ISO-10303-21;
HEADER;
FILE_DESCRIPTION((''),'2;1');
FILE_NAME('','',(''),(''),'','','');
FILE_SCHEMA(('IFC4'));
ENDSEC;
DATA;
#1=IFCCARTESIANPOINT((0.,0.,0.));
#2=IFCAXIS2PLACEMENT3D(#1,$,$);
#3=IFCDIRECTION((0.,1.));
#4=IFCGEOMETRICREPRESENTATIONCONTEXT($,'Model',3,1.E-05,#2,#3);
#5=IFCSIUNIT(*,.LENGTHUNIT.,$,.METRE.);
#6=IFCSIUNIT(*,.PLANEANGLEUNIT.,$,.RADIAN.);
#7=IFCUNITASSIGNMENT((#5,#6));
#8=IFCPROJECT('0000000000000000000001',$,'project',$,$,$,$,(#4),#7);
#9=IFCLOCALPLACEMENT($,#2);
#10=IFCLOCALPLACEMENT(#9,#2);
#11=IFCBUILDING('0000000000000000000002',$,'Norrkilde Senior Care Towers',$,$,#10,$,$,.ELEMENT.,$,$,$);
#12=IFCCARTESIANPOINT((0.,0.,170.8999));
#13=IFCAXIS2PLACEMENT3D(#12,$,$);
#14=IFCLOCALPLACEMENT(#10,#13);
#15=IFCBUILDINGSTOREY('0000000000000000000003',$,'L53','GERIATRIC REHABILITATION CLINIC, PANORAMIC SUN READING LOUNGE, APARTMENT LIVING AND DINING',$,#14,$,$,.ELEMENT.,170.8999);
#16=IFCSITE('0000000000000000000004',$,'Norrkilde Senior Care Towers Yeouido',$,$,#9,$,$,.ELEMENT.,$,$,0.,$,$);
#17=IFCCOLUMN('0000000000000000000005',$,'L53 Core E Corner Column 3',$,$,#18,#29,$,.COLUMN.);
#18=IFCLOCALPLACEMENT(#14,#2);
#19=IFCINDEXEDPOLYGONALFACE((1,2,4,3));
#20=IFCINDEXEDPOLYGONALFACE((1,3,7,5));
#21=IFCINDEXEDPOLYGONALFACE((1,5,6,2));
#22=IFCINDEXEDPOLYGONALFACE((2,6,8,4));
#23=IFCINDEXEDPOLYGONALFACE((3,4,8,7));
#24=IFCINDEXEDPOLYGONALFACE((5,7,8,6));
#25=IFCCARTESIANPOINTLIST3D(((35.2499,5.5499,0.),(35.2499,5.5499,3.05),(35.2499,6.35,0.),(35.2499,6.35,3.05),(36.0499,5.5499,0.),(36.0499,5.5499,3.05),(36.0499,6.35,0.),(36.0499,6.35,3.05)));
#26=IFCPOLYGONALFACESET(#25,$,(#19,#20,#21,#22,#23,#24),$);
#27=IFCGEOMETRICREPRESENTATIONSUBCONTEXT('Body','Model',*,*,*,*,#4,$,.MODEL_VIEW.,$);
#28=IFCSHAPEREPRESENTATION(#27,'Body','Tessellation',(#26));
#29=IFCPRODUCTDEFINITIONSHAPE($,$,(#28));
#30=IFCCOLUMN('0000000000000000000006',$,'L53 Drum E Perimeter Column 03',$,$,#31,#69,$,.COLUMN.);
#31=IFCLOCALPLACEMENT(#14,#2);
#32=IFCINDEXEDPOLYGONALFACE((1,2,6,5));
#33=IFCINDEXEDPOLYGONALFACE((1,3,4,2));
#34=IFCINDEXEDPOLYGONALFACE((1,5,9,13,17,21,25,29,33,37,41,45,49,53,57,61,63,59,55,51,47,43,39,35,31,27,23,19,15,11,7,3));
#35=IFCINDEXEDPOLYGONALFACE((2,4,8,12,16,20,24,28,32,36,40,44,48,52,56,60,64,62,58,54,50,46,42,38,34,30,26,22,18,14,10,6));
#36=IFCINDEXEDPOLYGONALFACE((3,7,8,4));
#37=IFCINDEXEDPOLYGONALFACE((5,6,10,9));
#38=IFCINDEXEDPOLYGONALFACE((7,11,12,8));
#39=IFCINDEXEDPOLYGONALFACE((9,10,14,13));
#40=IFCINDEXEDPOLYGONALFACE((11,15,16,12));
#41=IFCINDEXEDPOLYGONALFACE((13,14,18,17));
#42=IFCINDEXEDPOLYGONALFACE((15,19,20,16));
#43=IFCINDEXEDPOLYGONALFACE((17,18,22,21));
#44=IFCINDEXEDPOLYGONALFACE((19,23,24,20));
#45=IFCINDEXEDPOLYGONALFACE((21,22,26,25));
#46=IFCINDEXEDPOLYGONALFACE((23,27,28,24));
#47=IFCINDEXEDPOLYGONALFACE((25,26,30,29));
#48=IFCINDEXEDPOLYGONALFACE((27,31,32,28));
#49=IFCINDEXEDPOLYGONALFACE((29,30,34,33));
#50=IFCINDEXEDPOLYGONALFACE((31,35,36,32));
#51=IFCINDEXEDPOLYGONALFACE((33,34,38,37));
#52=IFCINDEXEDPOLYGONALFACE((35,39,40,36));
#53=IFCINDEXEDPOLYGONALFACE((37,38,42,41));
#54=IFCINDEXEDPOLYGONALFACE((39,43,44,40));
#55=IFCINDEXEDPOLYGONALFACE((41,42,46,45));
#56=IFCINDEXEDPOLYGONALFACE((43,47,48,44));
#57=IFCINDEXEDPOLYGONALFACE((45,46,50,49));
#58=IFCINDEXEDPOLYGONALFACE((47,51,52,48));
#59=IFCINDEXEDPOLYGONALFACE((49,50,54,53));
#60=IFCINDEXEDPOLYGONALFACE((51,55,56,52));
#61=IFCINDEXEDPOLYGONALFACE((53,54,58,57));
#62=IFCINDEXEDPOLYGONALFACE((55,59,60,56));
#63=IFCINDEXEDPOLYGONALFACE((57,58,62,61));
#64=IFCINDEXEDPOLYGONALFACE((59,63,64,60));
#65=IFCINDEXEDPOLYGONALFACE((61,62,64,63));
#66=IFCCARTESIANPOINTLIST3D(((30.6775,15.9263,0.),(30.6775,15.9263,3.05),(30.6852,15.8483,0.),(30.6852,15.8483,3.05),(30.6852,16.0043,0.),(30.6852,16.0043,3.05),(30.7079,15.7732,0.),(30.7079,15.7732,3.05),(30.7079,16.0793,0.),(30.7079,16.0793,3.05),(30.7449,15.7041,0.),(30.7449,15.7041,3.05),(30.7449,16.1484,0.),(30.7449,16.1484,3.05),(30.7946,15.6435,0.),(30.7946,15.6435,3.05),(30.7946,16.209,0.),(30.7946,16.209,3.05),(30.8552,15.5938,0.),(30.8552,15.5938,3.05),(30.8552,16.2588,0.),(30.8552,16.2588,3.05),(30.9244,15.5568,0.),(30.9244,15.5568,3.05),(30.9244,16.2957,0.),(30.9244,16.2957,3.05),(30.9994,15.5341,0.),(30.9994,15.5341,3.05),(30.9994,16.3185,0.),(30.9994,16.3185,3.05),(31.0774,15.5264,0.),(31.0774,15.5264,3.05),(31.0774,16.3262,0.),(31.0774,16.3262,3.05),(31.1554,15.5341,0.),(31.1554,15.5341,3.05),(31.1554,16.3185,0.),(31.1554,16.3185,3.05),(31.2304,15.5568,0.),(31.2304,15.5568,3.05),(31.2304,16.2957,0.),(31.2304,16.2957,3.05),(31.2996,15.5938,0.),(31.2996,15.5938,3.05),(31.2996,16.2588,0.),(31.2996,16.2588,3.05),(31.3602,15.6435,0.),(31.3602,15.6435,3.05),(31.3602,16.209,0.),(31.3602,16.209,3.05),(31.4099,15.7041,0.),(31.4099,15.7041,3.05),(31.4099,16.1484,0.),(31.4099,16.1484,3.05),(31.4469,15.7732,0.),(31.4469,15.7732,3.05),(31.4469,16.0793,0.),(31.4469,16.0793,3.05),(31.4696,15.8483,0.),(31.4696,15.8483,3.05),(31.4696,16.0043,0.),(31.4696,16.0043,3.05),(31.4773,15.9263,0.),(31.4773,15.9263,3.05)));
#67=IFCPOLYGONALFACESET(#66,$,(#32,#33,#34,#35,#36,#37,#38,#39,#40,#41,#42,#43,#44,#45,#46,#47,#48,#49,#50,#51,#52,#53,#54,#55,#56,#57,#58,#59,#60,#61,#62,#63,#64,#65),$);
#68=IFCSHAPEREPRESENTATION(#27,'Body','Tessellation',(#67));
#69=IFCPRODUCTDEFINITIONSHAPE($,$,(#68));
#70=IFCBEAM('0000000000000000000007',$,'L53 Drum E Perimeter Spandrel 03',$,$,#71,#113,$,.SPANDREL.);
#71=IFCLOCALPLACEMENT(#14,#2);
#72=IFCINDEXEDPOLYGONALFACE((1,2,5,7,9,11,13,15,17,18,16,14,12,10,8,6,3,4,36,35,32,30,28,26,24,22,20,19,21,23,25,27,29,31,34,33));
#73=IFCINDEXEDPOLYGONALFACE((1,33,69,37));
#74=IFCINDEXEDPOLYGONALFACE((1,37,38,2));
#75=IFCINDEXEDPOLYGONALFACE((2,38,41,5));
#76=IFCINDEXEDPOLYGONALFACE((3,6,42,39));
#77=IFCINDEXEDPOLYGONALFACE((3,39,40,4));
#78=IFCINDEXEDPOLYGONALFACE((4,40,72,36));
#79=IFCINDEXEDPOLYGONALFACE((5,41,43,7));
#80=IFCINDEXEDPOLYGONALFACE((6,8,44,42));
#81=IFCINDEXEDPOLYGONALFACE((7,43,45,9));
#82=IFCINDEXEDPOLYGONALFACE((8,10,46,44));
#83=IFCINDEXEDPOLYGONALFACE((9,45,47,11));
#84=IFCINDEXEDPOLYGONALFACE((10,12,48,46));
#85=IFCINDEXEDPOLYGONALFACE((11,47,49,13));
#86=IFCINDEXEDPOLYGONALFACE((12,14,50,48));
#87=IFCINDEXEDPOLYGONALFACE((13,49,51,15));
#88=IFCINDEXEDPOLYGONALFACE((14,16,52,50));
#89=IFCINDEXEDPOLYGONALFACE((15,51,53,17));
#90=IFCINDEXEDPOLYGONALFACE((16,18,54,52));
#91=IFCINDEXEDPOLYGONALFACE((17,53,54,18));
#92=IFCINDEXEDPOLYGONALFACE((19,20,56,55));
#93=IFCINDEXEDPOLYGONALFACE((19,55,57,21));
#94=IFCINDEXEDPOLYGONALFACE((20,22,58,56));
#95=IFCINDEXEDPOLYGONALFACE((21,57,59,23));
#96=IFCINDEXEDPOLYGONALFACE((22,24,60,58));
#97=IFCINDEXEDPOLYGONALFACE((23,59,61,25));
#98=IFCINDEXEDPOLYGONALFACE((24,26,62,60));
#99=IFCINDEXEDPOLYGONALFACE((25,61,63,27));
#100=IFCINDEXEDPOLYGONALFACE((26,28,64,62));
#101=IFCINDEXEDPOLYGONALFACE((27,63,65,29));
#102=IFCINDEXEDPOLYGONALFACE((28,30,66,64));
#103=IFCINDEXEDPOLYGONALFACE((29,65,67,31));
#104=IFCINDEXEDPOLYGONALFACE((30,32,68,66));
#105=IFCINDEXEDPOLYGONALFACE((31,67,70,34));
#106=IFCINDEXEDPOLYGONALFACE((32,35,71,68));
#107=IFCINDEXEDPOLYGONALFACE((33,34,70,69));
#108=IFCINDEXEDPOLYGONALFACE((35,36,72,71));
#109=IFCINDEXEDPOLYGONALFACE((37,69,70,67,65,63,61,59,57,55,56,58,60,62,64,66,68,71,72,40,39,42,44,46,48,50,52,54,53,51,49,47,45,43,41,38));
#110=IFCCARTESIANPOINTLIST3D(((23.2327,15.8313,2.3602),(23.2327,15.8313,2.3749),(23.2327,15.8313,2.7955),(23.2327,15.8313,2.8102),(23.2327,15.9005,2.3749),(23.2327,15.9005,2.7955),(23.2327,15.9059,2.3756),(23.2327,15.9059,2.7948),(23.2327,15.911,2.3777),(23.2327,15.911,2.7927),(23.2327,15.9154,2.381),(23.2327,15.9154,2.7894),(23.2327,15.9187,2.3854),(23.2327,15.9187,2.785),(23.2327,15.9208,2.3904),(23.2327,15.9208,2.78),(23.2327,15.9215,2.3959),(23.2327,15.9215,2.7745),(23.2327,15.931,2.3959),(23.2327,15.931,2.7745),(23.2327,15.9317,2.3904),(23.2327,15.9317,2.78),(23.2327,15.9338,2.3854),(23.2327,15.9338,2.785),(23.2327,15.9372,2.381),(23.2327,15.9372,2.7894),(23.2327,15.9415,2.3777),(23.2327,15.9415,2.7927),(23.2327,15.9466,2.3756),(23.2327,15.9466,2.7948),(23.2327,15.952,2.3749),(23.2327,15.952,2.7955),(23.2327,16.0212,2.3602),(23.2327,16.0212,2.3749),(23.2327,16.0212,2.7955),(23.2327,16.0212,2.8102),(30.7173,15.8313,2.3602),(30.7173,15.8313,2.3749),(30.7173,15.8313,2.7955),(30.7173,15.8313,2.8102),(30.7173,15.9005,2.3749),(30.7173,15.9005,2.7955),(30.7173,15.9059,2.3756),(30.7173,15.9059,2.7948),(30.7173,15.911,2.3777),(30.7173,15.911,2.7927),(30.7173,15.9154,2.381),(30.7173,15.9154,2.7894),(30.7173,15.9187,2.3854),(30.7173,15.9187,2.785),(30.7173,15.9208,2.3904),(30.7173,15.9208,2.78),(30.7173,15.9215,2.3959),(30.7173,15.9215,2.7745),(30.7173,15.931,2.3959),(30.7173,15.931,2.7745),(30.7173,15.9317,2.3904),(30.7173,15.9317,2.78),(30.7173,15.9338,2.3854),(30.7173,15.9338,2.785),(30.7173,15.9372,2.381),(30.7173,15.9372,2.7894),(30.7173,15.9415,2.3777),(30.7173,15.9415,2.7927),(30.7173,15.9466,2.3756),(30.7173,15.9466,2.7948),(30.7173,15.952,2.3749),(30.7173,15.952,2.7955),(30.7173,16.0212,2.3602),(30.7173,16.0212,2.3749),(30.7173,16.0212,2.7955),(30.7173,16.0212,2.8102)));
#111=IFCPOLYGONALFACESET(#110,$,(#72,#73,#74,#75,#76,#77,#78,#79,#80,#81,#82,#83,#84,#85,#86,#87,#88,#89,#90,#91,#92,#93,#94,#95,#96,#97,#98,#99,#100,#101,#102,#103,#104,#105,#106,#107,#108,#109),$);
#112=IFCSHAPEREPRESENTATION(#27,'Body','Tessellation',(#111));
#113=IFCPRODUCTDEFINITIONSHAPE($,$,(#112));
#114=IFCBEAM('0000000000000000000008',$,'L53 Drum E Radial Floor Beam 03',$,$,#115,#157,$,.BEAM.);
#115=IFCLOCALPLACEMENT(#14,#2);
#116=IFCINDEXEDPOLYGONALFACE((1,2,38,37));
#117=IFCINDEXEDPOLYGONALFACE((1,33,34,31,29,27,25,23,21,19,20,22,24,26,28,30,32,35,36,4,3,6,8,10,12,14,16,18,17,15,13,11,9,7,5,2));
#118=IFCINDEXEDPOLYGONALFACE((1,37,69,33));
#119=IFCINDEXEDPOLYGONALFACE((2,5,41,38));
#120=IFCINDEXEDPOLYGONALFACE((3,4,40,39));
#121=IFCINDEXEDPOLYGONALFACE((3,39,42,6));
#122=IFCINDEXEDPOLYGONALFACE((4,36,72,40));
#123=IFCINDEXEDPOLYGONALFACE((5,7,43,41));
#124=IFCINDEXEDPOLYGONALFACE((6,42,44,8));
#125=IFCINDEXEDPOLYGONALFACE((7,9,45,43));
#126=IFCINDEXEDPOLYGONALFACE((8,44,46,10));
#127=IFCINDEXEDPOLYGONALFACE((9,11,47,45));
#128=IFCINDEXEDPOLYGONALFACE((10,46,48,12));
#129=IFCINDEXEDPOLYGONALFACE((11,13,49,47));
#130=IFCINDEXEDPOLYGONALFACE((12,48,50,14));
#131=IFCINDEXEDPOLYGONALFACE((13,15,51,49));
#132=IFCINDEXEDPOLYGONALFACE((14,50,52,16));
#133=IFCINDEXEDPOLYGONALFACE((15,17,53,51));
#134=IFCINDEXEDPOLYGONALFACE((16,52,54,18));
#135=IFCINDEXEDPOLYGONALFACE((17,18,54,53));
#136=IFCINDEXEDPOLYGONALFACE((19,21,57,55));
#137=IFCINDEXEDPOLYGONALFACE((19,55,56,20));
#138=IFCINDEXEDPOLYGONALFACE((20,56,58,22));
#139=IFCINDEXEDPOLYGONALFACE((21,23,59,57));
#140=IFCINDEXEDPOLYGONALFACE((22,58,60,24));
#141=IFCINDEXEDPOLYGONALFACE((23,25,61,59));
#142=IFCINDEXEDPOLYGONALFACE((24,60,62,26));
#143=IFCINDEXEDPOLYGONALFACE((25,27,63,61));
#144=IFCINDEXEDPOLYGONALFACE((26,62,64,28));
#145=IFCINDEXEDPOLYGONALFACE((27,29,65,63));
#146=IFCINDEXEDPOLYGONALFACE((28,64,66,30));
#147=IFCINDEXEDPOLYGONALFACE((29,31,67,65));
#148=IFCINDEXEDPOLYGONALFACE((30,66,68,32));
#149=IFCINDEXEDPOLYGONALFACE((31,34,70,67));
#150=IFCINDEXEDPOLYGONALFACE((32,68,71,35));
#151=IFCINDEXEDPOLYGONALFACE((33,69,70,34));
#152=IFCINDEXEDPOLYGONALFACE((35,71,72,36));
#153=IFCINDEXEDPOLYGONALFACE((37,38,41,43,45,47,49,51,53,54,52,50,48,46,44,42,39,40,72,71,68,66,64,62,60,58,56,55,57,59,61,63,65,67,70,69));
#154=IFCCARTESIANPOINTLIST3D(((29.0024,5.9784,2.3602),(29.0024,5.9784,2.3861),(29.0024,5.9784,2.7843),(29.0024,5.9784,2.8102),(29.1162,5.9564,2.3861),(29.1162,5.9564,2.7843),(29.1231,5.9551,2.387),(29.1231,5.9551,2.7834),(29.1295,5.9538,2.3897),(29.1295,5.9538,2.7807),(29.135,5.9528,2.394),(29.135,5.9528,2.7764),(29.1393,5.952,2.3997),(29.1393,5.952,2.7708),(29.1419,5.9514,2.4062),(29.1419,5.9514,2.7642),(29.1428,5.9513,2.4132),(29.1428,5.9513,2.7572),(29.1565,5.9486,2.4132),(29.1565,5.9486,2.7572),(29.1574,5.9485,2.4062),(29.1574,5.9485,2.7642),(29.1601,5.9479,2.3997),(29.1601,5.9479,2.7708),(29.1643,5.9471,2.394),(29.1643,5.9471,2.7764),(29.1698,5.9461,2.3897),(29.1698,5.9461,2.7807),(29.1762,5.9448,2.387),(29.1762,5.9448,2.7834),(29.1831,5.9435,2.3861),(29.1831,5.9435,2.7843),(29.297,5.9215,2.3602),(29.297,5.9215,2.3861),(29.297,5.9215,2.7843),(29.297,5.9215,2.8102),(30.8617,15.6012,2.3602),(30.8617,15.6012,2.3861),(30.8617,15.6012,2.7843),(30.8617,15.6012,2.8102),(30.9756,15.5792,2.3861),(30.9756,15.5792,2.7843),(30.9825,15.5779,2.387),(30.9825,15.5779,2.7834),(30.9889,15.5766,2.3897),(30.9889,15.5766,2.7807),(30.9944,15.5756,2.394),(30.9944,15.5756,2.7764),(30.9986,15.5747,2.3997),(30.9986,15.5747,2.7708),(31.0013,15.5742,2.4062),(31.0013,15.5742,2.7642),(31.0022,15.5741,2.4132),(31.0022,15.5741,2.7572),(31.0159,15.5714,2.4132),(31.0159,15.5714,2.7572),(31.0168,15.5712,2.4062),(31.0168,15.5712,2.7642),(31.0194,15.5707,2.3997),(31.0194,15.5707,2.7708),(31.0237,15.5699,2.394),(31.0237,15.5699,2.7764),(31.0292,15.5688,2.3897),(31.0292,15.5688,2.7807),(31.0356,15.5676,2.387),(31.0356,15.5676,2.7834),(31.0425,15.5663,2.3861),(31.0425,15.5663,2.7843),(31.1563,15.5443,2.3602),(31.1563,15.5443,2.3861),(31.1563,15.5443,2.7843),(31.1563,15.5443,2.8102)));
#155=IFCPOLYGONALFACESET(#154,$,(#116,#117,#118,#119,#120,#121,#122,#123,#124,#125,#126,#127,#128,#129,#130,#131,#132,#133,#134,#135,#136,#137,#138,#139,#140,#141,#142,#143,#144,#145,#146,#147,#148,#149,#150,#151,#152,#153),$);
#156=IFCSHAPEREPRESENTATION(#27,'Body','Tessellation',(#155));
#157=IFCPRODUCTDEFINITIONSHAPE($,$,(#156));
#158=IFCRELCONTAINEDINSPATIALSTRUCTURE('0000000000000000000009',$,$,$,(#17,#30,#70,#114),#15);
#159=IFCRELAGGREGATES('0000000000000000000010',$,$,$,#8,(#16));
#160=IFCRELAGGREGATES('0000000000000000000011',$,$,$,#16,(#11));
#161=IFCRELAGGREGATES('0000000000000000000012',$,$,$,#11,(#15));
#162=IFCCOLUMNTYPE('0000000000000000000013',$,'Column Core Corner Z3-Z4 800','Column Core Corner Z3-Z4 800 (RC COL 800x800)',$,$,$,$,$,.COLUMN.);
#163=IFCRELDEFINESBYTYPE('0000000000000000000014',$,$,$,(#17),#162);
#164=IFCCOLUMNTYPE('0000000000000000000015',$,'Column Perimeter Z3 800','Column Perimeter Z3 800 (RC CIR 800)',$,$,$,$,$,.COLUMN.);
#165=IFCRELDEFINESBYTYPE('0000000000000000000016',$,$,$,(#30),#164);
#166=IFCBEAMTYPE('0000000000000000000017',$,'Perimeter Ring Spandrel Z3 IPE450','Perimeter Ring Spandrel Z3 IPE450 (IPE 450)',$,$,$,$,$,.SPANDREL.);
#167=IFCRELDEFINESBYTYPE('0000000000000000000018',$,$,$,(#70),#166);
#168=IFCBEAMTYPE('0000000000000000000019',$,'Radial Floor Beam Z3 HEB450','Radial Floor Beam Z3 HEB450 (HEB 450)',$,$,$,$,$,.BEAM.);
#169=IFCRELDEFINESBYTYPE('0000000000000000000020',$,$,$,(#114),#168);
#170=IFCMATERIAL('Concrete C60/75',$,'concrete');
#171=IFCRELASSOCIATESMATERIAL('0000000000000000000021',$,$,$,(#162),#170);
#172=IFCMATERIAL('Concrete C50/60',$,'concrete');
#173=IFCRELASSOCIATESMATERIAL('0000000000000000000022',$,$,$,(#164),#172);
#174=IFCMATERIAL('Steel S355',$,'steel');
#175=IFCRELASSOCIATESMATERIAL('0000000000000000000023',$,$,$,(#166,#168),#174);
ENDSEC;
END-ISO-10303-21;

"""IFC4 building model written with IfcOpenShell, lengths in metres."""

from ifc_helpers import new_model, si_unit, direction, frame, origin, origin_2d, place, context, subcontext, project, spatial, rectangle, circle, i_section, extrude, source, transform, mapped, material, material_profile, profile_set, type_object, type_shapes, element, save


model = new_model("IFC4")

# Units and contexts
model_context = context("Model", 3, precision=1e-05, world=origin(), true_north=direction((0.0, 1.0)))
body_context = subcontext(model_context, "Body", "Model", "MODEL_VIEW")
ifc_project = project(units=[si_unit("LENGTHUNIT", "METRE"), si_unit("PLANEANGLEUNIT", "RADIAN")], contexts=[model_context])

# Site, building, storey
site_placement = place(None, origin())
site = spatial("IfcSite", under=ifc_project, at=site_placement, Name="Norrkilde Senior Care Towers Yeouido", CompositionType="ELEMENT", RefElevation=0.0)
building_placement = place(site_placement, origin())
building = spatial("IfcBuilding", under=site, at=building_placement, Name="Norrkilde Senior Care Towers", CompositionType="ELEMENT")
storey_placement = place(building_placement, frame((0.0, 0.0, 170.8999)))
storey = spatial("IfcBuildingStorey", under=building, at=storey_placement, Name="L53", Description="GERIATRIC REHABILITATION CLINIC, PANORAMIC SUN READING LOUNGE, APARTMENT LIVING AND DINING", CompositionType="ELEMENT", Elevation=170.8999)

# Columns
ifc_material_1 = material(Name="Concrete C60/75", Category="concrete")
ifc_material_profile_1 = material_profile(ifc_material_1, rectangle(XDim=0.8, YDim=0.8, at=origin_2d()), Name="RC COL 800x800")
ifc_profile_set_1 = profile_set([ifc_material_profile_1], Name="Concrete C60/75")
column_type_1 = type_object("IfcColumnType", Name="Column Core Corner Z3-Z4 800", Description="Column Core Corner Z3-Z4 800 (RC COL 800x800)", PredefinedType="COLUMN", material=ifc_profile_set_1)
shared_shape_1 = source(origin(), body_context, "Body", "SweptSolid", [
    extrude(rectangle(XDim=0.8, YDim=0.8, at=origin_2d()), origin(), (0.0, 0.0, 1.0), 3.05),
])
type_shapes(column_type_1, [shared_shape_1])
column_1_placement = place(storey_placement, frame((35.6499, 5.95, 0.0), z_axis=(0.0, 0.0, 1.0), x_axis=(1.0, 0.0, 0.0)))
element("IfcColumn", 1, at=column_1_placement, inside=storey, type_object=column_type_1, Name="L53 Core E Corner Column 3", PredefinedType="COLUMN", context=body_context, shape_type="MappedRepresentation", body=[
    mapped(shared_shape_1, transform((0.0, 0.0, 0.0), x_axis=(1.0, 0.0, 0.0), y_axis=(0.0, 1.0, 0.0), z_axis=(0.0, 0.0, 1.0), scale=1.0)),
])
ifc_material_2 = material(Name="Concrete C50/60", Category="concrete")
ifc_material_profile_2 = material_profile(ifc_material_2, circle(Radius=0.3999, at=origin_2d()), Name="RC CIR 800")
ifc_profile_set_2 = profile_set([ifc_material_profile_2], Name="Concrete C50/60")
column_type_2 = type_object("IfcColumnType", Name="Column Perimeter Z3 800", Description="Column Perimeter Z3 800 (RC CIR 800)", PredefinedType="COLUMN", material=ifc_profile_set_2)
shared_shape_2 = source(origin(), body_context, "Body", "SweptSolid", [
    extrude(circle(Radius=0.3999, at=origin_2d()), origin(), (0.0, 0.0, 1.0), 3.05),
])
type_shapes(column_type_2, [shared_shape_2])
column_2_placement = place(storey_placement, frame((31.0774, 15.9263, 0.0), z_axis=(0.0, 0.0, 1.0), x_axis=(1.0, 0.0, 0.0)))
element("IfcColumn", 2, at=column_2_placement, inside=storey, type_object=column_type_2, Name="L53 Drum E Perimeter Column 03", PredefinedType="COLUMN", context=body_context, shape_type="MappedRepresentation", body=[
    mapped(shared_shape_2, transform((0.0, 0.0, 0.0), x_axis=(1.0, 0.0, 0.0), y_axis=(0.0, 1.0, 0.0), z_axis=(0.0, 0.0, 1.0), scale=1.0)),
])

# Beams
ifc_material_3 = material(Name="Steel S355", Category="steel")
ifc_material_profile_3 = material_profile(ifc_material_3, i_section(OverallWidth=0.1899, OverallDepth=0.45, WebThickness=0.0095, FlangeThickness=0.0146, FilletRadius=0.021, at=origin_2d()), Name="IPE 450")
ifc_profile_set_3 = profile_set([ifc_material_profile_3], Name="Steel S355")
beam_type_1 = type_object("IfcBeamType", Name="Perimeter Ring Spandrel Z3 IPE450", Description="Perimeter Ring Spandrel Z3 IPE450 (IPE 450)", PredefinedType="SPANDREL", material=ifc_profile_set_3)
shared_shape_3 = source(origin(), body_context, "Body", "SweptSolid", [
    extrude(i_section(OverallWidth=0.1899, OverallDepth=0.45, WebThickness=0.0095, FlangeThickness=0.0146, FilletRadius=0.021, at=origin_2d()), origin(), (0.0, 0.0, 1.0), 7.4846),
])
type_shapes(beam_type_1, [shared_shape_3])
beam_1_placement = place(storey_placement, frame((30.7173, 15.9263, 2.5852), z_axis=(-1.0, 0.0, 0.0), x_axis=(0.0, -1.0, 0.0)))
element("IfcBeam", 3, at=beam_1_placement, inside=storey, type_object=beam_type_1, Name="L53 Drum E Perimeter Spandrel 03", PredefinedType="SPANDREL", context=body_context, shape_type="MappedRepresentation", body=[
    mapped(shared_shape_3, transform((0.0, 0.0, 0.0), x_axis=(1.0, 0.0, 0.0), y_axis=(0.0, 1.0, 0.0), z_axis=(0.0, 0.0, 1.0), scale=1.0)),
])
ifc_material_profile_4 = material_profile(ifc_material_3, i_section(OverallWidth=0.3, OverallDepth=0.45, WebThickness=0.0139, FlangeThickness=0.0259, FilletRadius=0.0271, at=origin_2d()), Name="HEB 450")
ifc_profile_set_4 = profile_set([ifc_material_profile_4], Name="Steel S355")
beam_type_2 = type_object("IfcBeamType", Name="Radial Floor Beam Z3 HEB450", Description="Radial Floor Beam Z3 HEB450 (HEB 450)", PredefinedType="BEAM", material=ifc_profile_set_4)
shared_shape_4 = source(origin(), body_context, "Body", "SweptSolid", [
    extrude(i_section(OverallWidth=0.3, OverallDepth=0.45, WebThickness=0.0139, FlangeThickness=0.0259, FilletRadius=0.0271, at=origin_2d()), origin(), (0.0, 0.0, 1.0), 9.8008),
])
beam_2_placement = place(storey_placement, frame((29.1497, 5.95, 2.5852), z_axis=(0.189717, 0.981839, 0.0), x_axis=(-0.981839, 0.189717, 0.0)))
element("IfcBeam", 4, at=beam_2_placement, inside=storey, type_object=beam_type_2, Name="L53 Drum E Radial Floor Beam 03", PredefinedType="BEAM", context=body_context, shape_type="MappedRepresentation", body=[
    mapped(shared_shape_4, transform((0.0, 0.0, 0.0), x_axis=(1.0, 0.0, 0.0), y_axis=(0.0, 1.0, 0.0), z_axis=(0.0, 0.0, 1.0), scale=1.0)),
])

save(model, "model.ifc")
